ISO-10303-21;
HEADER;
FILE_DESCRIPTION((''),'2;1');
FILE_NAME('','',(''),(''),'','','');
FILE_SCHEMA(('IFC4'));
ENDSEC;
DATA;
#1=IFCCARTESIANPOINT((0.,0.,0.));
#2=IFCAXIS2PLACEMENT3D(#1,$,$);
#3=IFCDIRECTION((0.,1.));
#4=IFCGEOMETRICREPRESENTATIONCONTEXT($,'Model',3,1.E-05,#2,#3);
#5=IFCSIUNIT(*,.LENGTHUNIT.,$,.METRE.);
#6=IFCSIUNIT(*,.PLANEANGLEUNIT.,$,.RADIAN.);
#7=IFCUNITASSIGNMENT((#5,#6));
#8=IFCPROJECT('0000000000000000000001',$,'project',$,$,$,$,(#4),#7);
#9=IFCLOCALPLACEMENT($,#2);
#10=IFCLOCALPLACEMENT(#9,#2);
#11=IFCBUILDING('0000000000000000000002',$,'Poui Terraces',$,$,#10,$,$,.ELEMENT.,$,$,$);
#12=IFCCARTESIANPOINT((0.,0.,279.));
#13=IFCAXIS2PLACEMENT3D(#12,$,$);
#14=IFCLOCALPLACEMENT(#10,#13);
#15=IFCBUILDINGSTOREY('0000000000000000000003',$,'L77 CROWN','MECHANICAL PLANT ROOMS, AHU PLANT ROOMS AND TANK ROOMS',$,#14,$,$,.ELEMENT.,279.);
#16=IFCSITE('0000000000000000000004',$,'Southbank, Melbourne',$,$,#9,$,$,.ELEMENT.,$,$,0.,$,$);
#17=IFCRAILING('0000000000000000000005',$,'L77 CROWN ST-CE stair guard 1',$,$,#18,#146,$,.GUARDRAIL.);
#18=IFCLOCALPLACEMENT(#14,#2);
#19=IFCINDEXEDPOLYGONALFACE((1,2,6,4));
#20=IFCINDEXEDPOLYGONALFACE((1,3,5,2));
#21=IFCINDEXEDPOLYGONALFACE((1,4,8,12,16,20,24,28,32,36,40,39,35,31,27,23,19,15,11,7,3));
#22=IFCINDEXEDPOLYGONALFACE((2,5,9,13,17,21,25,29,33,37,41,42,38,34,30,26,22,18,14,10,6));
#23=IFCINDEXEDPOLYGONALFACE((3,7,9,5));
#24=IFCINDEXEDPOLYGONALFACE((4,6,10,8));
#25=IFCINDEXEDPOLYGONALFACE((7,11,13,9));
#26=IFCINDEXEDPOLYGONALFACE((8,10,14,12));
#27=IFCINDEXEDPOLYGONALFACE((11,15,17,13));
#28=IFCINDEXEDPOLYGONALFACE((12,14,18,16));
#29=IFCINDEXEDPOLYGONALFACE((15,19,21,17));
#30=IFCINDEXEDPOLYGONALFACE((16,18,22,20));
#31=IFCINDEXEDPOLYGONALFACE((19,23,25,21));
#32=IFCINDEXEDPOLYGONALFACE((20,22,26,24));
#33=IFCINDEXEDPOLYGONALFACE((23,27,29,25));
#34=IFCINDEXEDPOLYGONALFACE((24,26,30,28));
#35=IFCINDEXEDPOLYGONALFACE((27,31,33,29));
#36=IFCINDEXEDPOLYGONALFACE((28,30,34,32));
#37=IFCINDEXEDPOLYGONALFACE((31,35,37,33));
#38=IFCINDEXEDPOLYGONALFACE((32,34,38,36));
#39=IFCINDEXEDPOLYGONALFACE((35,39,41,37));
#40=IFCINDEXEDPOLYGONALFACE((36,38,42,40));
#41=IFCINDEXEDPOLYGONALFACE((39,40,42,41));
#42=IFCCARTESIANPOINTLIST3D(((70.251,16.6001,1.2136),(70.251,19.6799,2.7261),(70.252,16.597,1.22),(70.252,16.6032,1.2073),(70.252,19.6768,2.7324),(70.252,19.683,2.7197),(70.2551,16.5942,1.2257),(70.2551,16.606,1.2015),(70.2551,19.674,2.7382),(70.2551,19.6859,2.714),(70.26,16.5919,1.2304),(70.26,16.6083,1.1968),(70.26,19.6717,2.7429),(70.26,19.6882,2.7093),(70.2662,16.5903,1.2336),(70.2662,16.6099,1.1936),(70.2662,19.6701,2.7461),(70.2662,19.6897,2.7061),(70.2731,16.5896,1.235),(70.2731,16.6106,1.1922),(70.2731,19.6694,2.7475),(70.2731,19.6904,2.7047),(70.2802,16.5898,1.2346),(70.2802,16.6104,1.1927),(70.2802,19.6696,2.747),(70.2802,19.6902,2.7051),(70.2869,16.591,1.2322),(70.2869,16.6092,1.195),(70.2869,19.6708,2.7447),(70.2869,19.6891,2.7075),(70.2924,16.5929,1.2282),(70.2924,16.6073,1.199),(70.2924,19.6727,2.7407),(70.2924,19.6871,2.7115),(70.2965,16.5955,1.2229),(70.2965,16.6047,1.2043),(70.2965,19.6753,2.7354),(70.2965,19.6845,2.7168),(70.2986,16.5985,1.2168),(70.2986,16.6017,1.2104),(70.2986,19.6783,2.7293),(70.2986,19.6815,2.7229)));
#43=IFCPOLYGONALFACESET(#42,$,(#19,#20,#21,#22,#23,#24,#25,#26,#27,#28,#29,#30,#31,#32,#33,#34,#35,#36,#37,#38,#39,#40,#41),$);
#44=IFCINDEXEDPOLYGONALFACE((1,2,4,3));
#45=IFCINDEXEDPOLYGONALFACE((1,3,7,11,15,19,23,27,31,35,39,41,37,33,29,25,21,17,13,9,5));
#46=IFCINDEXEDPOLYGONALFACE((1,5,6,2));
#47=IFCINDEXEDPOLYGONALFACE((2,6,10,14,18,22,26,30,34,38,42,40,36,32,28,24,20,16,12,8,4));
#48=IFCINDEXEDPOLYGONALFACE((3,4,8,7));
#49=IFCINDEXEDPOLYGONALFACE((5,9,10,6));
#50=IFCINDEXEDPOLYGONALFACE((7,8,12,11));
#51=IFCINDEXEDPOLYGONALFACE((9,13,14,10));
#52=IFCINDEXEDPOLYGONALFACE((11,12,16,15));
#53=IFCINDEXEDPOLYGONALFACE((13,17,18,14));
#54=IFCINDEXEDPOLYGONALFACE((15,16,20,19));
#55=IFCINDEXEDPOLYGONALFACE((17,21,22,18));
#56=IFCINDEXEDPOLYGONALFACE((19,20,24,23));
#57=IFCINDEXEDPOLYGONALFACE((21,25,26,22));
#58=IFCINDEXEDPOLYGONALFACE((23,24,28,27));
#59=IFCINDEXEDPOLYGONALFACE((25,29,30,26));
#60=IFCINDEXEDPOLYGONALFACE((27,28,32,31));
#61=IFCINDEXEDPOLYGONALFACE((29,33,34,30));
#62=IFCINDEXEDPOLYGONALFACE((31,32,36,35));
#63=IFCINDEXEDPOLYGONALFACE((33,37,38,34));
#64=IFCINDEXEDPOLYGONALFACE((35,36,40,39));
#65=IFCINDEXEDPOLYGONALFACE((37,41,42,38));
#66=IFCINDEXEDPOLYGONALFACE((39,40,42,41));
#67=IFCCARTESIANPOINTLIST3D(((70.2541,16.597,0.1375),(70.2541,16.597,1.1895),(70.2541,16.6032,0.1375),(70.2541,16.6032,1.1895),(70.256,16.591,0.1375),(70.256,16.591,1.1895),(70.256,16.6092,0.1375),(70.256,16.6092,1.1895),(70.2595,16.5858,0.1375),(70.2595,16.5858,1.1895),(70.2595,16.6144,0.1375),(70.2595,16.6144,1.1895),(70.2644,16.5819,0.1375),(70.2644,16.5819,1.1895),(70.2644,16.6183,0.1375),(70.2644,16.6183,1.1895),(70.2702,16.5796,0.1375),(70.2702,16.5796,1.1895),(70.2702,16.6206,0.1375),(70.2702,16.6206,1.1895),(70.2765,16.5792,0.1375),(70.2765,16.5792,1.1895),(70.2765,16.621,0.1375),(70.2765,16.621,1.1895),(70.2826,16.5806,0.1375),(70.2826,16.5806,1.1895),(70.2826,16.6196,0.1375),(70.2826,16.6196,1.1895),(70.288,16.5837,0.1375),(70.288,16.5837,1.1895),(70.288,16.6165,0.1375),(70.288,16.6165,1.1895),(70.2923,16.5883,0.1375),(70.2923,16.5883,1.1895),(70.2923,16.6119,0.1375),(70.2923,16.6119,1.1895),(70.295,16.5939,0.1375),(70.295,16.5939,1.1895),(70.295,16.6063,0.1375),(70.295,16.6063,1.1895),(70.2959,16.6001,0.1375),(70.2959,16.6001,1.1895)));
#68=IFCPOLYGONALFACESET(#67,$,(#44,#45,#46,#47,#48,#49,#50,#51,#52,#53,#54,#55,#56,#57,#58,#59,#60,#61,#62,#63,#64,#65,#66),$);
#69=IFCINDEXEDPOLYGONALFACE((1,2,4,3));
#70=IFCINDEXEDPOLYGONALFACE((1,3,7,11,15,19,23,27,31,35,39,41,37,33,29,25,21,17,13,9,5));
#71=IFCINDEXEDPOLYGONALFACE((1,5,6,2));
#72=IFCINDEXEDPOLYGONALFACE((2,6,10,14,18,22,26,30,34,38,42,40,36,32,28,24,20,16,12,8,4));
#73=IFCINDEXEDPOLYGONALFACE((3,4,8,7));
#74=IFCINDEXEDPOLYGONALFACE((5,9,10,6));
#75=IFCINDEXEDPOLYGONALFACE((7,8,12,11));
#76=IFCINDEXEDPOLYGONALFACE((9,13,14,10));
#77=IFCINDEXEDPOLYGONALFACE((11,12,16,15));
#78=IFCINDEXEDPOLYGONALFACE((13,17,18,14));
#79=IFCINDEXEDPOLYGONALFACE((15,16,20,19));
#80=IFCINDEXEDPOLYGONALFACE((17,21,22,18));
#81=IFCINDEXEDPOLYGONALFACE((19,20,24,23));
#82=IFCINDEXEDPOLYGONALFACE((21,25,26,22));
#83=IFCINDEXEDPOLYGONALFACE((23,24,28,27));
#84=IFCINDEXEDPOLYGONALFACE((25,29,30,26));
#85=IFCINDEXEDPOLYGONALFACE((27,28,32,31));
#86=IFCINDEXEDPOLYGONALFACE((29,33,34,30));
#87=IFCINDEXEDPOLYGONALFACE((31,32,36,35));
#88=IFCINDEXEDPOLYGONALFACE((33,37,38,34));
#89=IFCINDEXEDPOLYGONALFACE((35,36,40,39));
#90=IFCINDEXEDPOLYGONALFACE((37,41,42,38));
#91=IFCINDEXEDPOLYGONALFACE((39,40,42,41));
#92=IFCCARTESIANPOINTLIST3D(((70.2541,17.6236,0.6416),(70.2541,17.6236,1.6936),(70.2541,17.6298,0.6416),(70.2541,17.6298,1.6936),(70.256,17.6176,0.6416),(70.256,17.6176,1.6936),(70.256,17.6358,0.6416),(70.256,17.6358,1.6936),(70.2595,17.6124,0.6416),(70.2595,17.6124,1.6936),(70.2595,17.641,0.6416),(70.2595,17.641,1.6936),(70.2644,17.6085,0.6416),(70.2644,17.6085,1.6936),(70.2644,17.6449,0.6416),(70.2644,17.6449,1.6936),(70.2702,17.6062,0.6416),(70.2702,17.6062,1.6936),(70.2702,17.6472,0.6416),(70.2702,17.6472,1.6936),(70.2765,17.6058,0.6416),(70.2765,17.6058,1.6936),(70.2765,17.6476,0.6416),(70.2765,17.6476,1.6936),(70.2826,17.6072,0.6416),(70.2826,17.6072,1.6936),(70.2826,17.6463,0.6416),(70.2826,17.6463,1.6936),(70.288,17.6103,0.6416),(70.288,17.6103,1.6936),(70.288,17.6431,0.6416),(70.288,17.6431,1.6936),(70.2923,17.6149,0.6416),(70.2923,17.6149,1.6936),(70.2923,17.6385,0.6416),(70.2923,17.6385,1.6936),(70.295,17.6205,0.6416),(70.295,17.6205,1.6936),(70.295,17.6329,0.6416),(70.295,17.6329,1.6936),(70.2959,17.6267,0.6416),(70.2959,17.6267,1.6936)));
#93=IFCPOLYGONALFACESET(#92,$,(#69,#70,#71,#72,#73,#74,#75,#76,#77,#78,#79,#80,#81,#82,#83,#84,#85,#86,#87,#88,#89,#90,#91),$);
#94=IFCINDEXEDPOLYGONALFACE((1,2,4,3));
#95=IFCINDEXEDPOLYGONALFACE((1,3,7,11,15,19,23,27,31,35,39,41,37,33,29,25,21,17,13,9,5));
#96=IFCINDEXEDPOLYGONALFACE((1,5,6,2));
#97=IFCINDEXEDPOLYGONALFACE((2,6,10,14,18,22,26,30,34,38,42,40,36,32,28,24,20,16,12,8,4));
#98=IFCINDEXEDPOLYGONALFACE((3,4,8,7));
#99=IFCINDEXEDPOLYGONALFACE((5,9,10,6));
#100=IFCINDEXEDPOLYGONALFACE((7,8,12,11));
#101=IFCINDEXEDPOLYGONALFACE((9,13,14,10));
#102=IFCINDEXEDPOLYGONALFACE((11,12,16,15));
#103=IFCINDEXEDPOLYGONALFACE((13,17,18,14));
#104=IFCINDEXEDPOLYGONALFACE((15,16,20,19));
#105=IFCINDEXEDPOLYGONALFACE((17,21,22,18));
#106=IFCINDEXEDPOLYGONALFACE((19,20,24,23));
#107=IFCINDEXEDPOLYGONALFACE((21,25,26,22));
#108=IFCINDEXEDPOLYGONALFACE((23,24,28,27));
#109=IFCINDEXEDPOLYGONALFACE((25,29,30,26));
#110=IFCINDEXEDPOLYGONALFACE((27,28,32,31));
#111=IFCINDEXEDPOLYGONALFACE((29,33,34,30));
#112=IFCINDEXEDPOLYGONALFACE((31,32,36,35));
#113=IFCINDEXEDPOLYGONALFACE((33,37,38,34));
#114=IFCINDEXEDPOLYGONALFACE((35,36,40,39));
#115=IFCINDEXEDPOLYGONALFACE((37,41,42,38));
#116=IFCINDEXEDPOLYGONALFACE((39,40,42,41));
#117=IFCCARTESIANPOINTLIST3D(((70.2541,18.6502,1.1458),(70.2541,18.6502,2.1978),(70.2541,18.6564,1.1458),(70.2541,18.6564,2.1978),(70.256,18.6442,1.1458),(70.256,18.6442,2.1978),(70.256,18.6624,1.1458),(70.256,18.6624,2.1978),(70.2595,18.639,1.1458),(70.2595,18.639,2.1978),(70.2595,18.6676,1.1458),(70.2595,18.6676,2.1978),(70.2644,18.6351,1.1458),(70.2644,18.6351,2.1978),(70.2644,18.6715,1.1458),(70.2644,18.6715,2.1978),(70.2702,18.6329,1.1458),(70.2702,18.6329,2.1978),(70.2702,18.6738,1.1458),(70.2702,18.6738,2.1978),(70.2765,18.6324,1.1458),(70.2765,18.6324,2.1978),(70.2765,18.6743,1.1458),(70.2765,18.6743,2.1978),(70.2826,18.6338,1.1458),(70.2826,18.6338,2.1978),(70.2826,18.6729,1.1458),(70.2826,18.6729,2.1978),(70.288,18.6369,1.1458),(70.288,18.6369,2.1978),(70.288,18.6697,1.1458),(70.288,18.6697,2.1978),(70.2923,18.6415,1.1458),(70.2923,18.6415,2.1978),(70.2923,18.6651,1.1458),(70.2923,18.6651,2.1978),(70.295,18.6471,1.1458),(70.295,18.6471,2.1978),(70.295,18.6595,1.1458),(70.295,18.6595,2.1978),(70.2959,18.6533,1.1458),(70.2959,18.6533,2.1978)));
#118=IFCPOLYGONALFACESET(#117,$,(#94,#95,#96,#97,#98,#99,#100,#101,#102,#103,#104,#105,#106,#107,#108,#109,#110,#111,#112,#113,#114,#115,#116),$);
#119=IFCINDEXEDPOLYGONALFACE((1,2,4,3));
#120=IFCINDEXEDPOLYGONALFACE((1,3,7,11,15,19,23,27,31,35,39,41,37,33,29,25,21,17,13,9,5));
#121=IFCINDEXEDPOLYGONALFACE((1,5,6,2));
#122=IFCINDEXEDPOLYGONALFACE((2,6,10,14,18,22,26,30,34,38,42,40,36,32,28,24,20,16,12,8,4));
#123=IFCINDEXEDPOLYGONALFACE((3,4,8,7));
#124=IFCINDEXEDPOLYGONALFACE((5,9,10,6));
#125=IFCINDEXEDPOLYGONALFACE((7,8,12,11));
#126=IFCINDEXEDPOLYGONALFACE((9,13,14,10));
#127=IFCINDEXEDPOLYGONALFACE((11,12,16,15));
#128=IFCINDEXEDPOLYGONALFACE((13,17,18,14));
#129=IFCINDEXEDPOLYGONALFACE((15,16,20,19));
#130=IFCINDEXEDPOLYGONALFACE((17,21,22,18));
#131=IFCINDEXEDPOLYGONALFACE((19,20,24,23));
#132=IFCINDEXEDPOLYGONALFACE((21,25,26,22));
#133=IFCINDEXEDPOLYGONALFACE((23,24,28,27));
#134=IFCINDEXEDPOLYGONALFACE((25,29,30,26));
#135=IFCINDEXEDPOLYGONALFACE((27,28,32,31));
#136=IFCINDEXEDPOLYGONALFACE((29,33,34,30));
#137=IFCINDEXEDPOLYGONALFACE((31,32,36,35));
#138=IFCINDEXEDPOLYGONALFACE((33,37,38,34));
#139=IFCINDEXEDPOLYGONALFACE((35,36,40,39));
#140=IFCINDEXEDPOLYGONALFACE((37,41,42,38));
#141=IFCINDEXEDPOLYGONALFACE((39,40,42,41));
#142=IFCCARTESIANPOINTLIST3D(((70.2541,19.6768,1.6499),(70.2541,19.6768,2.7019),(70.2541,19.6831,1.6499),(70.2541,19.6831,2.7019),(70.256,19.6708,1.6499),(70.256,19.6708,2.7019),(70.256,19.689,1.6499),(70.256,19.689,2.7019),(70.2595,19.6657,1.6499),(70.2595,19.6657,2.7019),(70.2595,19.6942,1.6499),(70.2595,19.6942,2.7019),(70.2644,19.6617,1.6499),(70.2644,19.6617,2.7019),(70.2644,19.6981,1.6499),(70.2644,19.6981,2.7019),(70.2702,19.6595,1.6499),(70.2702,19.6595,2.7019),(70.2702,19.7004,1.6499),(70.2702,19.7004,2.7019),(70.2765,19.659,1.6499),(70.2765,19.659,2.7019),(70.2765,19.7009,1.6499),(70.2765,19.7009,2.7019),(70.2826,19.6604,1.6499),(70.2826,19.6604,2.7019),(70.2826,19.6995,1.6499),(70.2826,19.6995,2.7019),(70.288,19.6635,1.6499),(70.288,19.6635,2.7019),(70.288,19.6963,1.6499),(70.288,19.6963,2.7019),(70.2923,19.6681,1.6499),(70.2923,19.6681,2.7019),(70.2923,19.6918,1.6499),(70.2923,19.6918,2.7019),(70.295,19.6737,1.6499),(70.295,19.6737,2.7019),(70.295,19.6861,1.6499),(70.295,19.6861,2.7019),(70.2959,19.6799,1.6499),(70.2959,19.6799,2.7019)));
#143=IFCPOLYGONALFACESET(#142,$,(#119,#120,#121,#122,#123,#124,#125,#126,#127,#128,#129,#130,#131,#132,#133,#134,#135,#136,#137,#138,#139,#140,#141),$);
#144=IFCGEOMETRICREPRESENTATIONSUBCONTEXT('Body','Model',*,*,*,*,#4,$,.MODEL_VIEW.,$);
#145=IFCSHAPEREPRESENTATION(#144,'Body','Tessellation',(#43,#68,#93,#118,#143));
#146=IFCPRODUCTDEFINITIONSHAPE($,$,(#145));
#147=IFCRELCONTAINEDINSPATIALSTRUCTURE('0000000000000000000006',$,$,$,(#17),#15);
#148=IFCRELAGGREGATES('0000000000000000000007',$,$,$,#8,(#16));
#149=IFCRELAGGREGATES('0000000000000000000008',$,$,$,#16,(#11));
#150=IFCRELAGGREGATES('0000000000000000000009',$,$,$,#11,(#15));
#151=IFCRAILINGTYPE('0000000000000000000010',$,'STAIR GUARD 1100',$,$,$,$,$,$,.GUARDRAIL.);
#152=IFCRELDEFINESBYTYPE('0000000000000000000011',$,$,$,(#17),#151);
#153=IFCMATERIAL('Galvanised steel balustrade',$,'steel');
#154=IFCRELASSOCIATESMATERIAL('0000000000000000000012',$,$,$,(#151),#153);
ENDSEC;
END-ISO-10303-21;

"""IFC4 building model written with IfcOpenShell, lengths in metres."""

from ifc_helpers import new_model, si_unit, direction, frame, origin, origin_2d, place, context, subcontext, project, spatial, circle, extrude, material, type_object, element, save


model = new_model("IFC4")

# Units and contexts
model_context = context("Model", 3, precision=1e-05, world=origin(), true_north=direction((0.0, 1.0)))
body_context = subcontext(model_context, "Body", "Model", "MODEL_VIEW")
ifc_project = project(units=[si_unit("LENGTHUNIT", "METRE"), si_unit("PLANEANGLEUNIT", "RADIAN")], contexts=[model_context])

# Site, building, storey
site_placement = place(None, origin())
site = spatial("IfcSite", under=ifc_project, at=site_placement, Name="Southbank, Melbourne", CompositionType="ELEMENT", RefElevation=0.0)
building_placement = place(site_placement, origin())
building = spatial("IfcBuilding", under=site, at=building_placement, Name="Poui Terraces", CompositionType="ELEMENT")
storey_placement = place(building_placement, frame((0.0, 0.0, 279.0)))
storey = spatial("IfcBuildingStorey", under=building, at=storey_placement, Name="L77 CROWN", Description="MECHANICAL PLANT ROOMS, AHU PLANT ROOMS AND TANK ROOMS", CompositionType="ELEMENT", Elevation=279.0)

# Railing
ifc_material_1 = material(Name="Galvanised steel balustrade", Category="steel")
railing_type_1 = type_object("IfcRailingType", Name="STAIR GUARD 1100", PredefinedType="GUARDRAIL", material=ifc_material_1)
for number, where, name in (
    (1, (70.2749, 16.6001, 0.1375), "L77 CROWN ST-CE stair guard 1"),
):
    element("IfcRailing", number, at=place(storey_placement, frame(where)), inside=storey, type_object=railing_type_1, Name=name, PredefinedType="GUARDRAIL", context=body_context, shape_type="SweptSolid", body=[
        extrude(circle(Radius=0.0239, at=origin_2d()), frame((0.0, 0.0, 1.0762), z_axis=(0.0, 0.897606, 0.440798), x_axis=(-1.0, 0.0, 0.0)), (0.0, 0.0, 1.0), 3.4312),
        extrude(circle(Radius=0.021, at=origin_2d()), origin(), (0.0, 0.0, 1.0), 1.052),
        extrude(circle(Radius=0.021, at=origin_2d()), frame((0.0, 1.0266, 0.5042)), (0.0, 0.0, 1.0), 1.052),
        extrude(circle(Radius=0.021, at=origin_2d()), frame((0.0, 2.0532, 1.0083)), (0.0, 0.0, 1.0), 1.052),
        extrude(circle(Radius=0.021, at=origin_2d()), frame((0.0, 3.0798, 1.5125)), (0.0, 0.0, 1.0), 1.052),
    ])

save(model, "model.ifc")
